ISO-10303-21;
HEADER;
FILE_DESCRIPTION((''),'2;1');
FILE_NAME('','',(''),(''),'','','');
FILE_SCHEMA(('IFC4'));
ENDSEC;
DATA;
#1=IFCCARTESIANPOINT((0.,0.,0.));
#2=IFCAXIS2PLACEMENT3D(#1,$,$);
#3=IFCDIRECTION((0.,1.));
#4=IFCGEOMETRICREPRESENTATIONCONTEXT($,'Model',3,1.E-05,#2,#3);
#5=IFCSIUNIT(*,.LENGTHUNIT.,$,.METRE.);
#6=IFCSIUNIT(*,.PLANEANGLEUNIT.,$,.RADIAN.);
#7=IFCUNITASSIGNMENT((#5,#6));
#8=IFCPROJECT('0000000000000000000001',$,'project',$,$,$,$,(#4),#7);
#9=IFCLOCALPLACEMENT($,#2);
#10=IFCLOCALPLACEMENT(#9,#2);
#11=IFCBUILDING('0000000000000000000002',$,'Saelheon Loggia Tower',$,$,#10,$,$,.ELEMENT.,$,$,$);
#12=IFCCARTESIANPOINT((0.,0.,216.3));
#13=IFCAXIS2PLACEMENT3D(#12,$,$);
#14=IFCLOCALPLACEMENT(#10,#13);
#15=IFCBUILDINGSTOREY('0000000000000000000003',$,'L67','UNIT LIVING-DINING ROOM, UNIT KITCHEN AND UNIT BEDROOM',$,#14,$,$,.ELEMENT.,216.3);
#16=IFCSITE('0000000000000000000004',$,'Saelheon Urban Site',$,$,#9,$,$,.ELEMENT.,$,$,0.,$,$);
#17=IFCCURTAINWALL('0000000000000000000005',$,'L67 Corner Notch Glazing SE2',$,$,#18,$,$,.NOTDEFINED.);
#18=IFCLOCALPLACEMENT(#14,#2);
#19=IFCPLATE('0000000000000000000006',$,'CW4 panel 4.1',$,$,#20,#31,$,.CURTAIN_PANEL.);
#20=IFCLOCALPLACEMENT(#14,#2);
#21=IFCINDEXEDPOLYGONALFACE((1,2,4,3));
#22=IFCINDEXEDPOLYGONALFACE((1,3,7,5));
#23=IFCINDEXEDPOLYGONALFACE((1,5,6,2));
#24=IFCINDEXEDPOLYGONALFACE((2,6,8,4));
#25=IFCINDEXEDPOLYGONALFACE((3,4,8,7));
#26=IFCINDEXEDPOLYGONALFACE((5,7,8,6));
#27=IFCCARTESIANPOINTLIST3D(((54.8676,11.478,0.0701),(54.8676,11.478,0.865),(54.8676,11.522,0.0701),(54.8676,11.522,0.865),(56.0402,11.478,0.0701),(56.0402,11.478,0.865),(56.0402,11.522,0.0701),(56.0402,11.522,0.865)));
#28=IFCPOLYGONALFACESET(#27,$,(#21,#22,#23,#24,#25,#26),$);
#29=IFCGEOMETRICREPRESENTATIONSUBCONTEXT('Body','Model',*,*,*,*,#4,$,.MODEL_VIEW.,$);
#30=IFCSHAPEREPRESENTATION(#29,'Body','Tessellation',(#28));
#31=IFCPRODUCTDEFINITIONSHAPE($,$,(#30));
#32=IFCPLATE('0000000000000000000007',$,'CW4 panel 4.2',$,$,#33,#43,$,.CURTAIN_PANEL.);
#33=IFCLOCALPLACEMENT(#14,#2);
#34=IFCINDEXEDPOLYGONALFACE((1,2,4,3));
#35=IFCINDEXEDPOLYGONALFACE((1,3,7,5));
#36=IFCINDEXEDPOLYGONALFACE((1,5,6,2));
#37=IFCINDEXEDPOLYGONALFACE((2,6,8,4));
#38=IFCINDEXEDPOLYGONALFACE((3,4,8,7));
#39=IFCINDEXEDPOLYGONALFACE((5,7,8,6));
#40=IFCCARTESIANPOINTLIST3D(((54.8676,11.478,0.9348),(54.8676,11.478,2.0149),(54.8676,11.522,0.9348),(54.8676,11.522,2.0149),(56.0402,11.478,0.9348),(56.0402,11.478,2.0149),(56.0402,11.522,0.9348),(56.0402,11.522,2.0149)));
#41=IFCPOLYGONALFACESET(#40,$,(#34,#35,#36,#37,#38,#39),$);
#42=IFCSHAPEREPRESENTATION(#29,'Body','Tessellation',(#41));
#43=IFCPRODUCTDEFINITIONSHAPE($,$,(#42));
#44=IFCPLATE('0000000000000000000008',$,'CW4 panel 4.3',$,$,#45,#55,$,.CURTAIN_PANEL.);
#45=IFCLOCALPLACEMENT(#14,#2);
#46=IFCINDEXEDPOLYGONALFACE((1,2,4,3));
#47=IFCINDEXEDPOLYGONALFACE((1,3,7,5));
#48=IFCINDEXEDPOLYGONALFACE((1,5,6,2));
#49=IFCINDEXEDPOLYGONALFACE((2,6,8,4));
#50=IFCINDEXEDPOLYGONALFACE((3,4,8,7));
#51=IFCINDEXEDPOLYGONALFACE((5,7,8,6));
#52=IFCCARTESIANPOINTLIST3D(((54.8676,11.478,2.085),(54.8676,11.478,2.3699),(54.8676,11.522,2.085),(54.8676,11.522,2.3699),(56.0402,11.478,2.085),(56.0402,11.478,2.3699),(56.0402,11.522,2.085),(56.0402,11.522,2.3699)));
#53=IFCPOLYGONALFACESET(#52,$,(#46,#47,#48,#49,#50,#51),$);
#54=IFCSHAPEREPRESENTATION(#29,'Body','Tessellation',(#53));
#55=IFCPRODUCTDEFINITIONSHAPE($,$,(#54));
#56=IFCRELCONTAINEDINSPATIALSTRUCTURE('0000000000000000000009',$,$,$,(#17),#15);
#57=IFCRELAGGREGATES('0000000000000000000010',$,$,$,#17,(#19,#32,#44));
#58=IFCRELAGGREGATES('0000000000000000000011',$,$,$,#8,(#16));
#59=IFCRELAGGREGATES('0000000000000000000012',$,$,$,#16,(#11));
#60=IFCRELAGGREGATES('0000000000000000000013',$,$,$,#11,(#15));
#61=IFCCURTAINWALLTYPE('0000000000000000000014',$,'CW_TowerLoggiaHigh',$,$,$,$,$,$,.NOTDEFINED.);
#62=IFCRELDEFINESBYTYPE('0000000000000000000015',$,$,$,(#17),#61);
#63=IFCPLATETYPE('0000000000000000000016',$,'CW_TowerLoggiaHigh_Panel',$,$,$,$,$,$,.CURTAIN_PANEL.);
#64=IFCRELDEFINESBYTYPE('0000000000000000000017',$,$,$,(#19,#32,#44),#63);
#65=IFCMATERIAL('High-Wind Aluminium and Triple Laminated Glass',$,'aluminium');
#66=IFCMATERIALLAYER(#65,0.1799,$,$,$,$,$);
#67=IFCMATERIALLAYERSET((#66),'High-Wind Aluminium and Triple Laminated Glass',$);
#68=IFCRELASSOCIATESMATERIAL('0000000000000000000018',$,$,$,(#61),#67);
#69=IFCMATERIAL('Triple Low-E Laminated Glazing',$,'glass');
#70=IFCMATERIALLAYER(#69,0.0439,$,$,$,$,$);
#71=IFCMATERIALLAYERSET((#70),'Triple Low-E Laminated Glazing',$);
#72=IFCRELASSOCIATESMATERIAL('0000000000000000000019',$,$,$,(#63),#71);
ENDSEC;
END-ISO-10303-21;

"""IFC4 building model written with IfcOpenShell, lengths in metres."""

from ifc_helpers import new_model, si_unit, direction, frame, origin, origin_2d, place, context, subcontext, project, spatial, rectangle, extrude, source, transform, mapped, material, layer, layer_set, type_object, element, aggregate, save


model = new_model("IFC4")

# Units and contexts
model_context = context("Model", 3, precision=1e-05, world=origin(), true_north=direction((0.0, 1.0)))
body_context = subcontext(model_context, "Body", "Model", "MODEL_VIEW")
ifc_project = project(units=[si_unit("LENGTHUNIT", "METRE"), si_unit("PLANEANGLEUNIT", "RADIAN")], contexts=[model_context])

# Site, building, storey
site_placement = place(None, origin())
site = spatial("IfcSite", under=ifc_project, at=site_placement, Name="Saelheon Urban Site", CompositionType="ELEMENT", RefElevation=0.0)
building_placement = place(site_placement, origin())
building = spatial("IfcBuilding", under=site, at=building_placement, Name="Saelheon Loggia Tower", CompositionType="ELEMENT")
storey_placement = place(building_placement, frame((0.0, 0.0, 216.3)))
storey = spatial("IfcBuildingStorey", under=building, at=storey_placement, Name="L67", Description="UNIT LIVING-DINING ROOM, UNIT KITCHEN AND UNIT BEDROOM", CompositionType="ELEMENT", Elevation=216.3)

# Curtain wall, plates
ifc_material_1 = material(Name="High-Wind Aluminium and Triple Laminated Glass", Category="aluminium")
ifc_layer_1 = layer(ifc_material_1, 0.1799)
ifc_layer_set_1 = layer_set([ifc_layer_1], Name="High-Wind Aluminium and Triple Laminated Glass")
curtain_wall_type = type_object("IfcCurtainWallType", Name="CW_TowerLoggiaHigh", PredefinedType="NOTDEFINED", material=ifc_layer_set_1)
curtain_wall_placement = place(storey_placement, origin())
curtain_wall = element("IfcCurtainWall", 1, at=curtain_wall_placement, inside=storey, type_object=curtain_wall_type, Name="L67 Corner Notch Glazing SE2", PredefinedType="NOTDEFINED")
ifc_material_2 = material(Name="Triple Low-E Laminated Glazing", Category="glass")
ifc_layer_2 = layer(ifc_material_2, 0.0439)
ifc_layer_set_2 = layer_set([ifc_layer_2], Name="Triple Low-E Laminated Glazing")
plate_type = type_object("IfcPlateType", Name="CW_TowerLoggiaHigh_Panel", PredefinedType="CURTAIN_PANEL", material=ifc_layer_set_2)
shared_shape_1 = source(origin(), body_context, "Body", "SweptSolid", [
    extrude(rectangle(XDim=1.1726, YDim=0.0439, at=origin_2d()), origin(), (0.0, 0.0, 1.0), 0.7949),
])
plate_1_placement = place(storey_placement, frame((55.4539, 11.5, 0.0701), z_axis=(0.0, 0.0, 1.0), x_axis=(1.0, 0.0, 0.0)))
plate_1 = element("IfcPlate", 2, at=plate_1_placement, type_object=plate_type, Name="CW4 panel 4.1", PredefinedType="CURTAIN_PANEL", context=body_context, shape_type="MappedRepresentation", body=[
    mapped(shared_shape_1, transform((0.0, 0.0, 0.0), scale=1.0)),
])
shared_shape_2 = source(origin(), body_context, "Body", "SweptSolid", [
    extrude(rectangle(XDim=1.1726, YDim=0.0439, at=origin_2d()), origin(), (0.0, 0.0, 1.0), 1.0801),
])
plate_2_placement = place(storey_placement, frame((55.4539, 11.5, 0.9348), z_axis=(0.0, 0.0, 1.0), x_axis=(1.0, 0.0, 0.0)))
plate_2 = element("IfcPlate", 3, at=plate_2_placement, type_object=plate_type, Name="CW4 panel 4.2", PredefinedType="CURTAIN_PANEL", context=body_context, shape_type="MappedRepresentation", body=[
    mapped(shared_shape_2, transform((0.0, 0.0, 0.0), scale=1.0)),
])
shared_shape_3 = source(origin(), body_context, "Body", "SweptSolid", [
    extrude(rectangle(XDim=1.1726, YDim=0.0439, at=origin_2d()), origin(), (0.0, 0.0, 1.0), 0.2849),
])
plate_3_placement = place(storey_placement, frame((55.4539, 11.5, 2.085), z_axis=(0.0, 0.0, 1.0), x_axis=(1.0, 0.0, 0.0)))
plate_3 = element("IfcPlate", 4, at=plate_3_placement, type_object=plate_type, Name="CW4 panel 4.3", PredefinedType="CURTAIN_PANEL", context=body_context, shape_type="MappedRepresentation", body=[
    mapped(shared_shape_3, transform((0.0, 0.0, 0.0), scale=1.0)),
])
aggregate(curtain_wall, [plate_1, plate_2, plate_3])

save(model, "model.ifc")
